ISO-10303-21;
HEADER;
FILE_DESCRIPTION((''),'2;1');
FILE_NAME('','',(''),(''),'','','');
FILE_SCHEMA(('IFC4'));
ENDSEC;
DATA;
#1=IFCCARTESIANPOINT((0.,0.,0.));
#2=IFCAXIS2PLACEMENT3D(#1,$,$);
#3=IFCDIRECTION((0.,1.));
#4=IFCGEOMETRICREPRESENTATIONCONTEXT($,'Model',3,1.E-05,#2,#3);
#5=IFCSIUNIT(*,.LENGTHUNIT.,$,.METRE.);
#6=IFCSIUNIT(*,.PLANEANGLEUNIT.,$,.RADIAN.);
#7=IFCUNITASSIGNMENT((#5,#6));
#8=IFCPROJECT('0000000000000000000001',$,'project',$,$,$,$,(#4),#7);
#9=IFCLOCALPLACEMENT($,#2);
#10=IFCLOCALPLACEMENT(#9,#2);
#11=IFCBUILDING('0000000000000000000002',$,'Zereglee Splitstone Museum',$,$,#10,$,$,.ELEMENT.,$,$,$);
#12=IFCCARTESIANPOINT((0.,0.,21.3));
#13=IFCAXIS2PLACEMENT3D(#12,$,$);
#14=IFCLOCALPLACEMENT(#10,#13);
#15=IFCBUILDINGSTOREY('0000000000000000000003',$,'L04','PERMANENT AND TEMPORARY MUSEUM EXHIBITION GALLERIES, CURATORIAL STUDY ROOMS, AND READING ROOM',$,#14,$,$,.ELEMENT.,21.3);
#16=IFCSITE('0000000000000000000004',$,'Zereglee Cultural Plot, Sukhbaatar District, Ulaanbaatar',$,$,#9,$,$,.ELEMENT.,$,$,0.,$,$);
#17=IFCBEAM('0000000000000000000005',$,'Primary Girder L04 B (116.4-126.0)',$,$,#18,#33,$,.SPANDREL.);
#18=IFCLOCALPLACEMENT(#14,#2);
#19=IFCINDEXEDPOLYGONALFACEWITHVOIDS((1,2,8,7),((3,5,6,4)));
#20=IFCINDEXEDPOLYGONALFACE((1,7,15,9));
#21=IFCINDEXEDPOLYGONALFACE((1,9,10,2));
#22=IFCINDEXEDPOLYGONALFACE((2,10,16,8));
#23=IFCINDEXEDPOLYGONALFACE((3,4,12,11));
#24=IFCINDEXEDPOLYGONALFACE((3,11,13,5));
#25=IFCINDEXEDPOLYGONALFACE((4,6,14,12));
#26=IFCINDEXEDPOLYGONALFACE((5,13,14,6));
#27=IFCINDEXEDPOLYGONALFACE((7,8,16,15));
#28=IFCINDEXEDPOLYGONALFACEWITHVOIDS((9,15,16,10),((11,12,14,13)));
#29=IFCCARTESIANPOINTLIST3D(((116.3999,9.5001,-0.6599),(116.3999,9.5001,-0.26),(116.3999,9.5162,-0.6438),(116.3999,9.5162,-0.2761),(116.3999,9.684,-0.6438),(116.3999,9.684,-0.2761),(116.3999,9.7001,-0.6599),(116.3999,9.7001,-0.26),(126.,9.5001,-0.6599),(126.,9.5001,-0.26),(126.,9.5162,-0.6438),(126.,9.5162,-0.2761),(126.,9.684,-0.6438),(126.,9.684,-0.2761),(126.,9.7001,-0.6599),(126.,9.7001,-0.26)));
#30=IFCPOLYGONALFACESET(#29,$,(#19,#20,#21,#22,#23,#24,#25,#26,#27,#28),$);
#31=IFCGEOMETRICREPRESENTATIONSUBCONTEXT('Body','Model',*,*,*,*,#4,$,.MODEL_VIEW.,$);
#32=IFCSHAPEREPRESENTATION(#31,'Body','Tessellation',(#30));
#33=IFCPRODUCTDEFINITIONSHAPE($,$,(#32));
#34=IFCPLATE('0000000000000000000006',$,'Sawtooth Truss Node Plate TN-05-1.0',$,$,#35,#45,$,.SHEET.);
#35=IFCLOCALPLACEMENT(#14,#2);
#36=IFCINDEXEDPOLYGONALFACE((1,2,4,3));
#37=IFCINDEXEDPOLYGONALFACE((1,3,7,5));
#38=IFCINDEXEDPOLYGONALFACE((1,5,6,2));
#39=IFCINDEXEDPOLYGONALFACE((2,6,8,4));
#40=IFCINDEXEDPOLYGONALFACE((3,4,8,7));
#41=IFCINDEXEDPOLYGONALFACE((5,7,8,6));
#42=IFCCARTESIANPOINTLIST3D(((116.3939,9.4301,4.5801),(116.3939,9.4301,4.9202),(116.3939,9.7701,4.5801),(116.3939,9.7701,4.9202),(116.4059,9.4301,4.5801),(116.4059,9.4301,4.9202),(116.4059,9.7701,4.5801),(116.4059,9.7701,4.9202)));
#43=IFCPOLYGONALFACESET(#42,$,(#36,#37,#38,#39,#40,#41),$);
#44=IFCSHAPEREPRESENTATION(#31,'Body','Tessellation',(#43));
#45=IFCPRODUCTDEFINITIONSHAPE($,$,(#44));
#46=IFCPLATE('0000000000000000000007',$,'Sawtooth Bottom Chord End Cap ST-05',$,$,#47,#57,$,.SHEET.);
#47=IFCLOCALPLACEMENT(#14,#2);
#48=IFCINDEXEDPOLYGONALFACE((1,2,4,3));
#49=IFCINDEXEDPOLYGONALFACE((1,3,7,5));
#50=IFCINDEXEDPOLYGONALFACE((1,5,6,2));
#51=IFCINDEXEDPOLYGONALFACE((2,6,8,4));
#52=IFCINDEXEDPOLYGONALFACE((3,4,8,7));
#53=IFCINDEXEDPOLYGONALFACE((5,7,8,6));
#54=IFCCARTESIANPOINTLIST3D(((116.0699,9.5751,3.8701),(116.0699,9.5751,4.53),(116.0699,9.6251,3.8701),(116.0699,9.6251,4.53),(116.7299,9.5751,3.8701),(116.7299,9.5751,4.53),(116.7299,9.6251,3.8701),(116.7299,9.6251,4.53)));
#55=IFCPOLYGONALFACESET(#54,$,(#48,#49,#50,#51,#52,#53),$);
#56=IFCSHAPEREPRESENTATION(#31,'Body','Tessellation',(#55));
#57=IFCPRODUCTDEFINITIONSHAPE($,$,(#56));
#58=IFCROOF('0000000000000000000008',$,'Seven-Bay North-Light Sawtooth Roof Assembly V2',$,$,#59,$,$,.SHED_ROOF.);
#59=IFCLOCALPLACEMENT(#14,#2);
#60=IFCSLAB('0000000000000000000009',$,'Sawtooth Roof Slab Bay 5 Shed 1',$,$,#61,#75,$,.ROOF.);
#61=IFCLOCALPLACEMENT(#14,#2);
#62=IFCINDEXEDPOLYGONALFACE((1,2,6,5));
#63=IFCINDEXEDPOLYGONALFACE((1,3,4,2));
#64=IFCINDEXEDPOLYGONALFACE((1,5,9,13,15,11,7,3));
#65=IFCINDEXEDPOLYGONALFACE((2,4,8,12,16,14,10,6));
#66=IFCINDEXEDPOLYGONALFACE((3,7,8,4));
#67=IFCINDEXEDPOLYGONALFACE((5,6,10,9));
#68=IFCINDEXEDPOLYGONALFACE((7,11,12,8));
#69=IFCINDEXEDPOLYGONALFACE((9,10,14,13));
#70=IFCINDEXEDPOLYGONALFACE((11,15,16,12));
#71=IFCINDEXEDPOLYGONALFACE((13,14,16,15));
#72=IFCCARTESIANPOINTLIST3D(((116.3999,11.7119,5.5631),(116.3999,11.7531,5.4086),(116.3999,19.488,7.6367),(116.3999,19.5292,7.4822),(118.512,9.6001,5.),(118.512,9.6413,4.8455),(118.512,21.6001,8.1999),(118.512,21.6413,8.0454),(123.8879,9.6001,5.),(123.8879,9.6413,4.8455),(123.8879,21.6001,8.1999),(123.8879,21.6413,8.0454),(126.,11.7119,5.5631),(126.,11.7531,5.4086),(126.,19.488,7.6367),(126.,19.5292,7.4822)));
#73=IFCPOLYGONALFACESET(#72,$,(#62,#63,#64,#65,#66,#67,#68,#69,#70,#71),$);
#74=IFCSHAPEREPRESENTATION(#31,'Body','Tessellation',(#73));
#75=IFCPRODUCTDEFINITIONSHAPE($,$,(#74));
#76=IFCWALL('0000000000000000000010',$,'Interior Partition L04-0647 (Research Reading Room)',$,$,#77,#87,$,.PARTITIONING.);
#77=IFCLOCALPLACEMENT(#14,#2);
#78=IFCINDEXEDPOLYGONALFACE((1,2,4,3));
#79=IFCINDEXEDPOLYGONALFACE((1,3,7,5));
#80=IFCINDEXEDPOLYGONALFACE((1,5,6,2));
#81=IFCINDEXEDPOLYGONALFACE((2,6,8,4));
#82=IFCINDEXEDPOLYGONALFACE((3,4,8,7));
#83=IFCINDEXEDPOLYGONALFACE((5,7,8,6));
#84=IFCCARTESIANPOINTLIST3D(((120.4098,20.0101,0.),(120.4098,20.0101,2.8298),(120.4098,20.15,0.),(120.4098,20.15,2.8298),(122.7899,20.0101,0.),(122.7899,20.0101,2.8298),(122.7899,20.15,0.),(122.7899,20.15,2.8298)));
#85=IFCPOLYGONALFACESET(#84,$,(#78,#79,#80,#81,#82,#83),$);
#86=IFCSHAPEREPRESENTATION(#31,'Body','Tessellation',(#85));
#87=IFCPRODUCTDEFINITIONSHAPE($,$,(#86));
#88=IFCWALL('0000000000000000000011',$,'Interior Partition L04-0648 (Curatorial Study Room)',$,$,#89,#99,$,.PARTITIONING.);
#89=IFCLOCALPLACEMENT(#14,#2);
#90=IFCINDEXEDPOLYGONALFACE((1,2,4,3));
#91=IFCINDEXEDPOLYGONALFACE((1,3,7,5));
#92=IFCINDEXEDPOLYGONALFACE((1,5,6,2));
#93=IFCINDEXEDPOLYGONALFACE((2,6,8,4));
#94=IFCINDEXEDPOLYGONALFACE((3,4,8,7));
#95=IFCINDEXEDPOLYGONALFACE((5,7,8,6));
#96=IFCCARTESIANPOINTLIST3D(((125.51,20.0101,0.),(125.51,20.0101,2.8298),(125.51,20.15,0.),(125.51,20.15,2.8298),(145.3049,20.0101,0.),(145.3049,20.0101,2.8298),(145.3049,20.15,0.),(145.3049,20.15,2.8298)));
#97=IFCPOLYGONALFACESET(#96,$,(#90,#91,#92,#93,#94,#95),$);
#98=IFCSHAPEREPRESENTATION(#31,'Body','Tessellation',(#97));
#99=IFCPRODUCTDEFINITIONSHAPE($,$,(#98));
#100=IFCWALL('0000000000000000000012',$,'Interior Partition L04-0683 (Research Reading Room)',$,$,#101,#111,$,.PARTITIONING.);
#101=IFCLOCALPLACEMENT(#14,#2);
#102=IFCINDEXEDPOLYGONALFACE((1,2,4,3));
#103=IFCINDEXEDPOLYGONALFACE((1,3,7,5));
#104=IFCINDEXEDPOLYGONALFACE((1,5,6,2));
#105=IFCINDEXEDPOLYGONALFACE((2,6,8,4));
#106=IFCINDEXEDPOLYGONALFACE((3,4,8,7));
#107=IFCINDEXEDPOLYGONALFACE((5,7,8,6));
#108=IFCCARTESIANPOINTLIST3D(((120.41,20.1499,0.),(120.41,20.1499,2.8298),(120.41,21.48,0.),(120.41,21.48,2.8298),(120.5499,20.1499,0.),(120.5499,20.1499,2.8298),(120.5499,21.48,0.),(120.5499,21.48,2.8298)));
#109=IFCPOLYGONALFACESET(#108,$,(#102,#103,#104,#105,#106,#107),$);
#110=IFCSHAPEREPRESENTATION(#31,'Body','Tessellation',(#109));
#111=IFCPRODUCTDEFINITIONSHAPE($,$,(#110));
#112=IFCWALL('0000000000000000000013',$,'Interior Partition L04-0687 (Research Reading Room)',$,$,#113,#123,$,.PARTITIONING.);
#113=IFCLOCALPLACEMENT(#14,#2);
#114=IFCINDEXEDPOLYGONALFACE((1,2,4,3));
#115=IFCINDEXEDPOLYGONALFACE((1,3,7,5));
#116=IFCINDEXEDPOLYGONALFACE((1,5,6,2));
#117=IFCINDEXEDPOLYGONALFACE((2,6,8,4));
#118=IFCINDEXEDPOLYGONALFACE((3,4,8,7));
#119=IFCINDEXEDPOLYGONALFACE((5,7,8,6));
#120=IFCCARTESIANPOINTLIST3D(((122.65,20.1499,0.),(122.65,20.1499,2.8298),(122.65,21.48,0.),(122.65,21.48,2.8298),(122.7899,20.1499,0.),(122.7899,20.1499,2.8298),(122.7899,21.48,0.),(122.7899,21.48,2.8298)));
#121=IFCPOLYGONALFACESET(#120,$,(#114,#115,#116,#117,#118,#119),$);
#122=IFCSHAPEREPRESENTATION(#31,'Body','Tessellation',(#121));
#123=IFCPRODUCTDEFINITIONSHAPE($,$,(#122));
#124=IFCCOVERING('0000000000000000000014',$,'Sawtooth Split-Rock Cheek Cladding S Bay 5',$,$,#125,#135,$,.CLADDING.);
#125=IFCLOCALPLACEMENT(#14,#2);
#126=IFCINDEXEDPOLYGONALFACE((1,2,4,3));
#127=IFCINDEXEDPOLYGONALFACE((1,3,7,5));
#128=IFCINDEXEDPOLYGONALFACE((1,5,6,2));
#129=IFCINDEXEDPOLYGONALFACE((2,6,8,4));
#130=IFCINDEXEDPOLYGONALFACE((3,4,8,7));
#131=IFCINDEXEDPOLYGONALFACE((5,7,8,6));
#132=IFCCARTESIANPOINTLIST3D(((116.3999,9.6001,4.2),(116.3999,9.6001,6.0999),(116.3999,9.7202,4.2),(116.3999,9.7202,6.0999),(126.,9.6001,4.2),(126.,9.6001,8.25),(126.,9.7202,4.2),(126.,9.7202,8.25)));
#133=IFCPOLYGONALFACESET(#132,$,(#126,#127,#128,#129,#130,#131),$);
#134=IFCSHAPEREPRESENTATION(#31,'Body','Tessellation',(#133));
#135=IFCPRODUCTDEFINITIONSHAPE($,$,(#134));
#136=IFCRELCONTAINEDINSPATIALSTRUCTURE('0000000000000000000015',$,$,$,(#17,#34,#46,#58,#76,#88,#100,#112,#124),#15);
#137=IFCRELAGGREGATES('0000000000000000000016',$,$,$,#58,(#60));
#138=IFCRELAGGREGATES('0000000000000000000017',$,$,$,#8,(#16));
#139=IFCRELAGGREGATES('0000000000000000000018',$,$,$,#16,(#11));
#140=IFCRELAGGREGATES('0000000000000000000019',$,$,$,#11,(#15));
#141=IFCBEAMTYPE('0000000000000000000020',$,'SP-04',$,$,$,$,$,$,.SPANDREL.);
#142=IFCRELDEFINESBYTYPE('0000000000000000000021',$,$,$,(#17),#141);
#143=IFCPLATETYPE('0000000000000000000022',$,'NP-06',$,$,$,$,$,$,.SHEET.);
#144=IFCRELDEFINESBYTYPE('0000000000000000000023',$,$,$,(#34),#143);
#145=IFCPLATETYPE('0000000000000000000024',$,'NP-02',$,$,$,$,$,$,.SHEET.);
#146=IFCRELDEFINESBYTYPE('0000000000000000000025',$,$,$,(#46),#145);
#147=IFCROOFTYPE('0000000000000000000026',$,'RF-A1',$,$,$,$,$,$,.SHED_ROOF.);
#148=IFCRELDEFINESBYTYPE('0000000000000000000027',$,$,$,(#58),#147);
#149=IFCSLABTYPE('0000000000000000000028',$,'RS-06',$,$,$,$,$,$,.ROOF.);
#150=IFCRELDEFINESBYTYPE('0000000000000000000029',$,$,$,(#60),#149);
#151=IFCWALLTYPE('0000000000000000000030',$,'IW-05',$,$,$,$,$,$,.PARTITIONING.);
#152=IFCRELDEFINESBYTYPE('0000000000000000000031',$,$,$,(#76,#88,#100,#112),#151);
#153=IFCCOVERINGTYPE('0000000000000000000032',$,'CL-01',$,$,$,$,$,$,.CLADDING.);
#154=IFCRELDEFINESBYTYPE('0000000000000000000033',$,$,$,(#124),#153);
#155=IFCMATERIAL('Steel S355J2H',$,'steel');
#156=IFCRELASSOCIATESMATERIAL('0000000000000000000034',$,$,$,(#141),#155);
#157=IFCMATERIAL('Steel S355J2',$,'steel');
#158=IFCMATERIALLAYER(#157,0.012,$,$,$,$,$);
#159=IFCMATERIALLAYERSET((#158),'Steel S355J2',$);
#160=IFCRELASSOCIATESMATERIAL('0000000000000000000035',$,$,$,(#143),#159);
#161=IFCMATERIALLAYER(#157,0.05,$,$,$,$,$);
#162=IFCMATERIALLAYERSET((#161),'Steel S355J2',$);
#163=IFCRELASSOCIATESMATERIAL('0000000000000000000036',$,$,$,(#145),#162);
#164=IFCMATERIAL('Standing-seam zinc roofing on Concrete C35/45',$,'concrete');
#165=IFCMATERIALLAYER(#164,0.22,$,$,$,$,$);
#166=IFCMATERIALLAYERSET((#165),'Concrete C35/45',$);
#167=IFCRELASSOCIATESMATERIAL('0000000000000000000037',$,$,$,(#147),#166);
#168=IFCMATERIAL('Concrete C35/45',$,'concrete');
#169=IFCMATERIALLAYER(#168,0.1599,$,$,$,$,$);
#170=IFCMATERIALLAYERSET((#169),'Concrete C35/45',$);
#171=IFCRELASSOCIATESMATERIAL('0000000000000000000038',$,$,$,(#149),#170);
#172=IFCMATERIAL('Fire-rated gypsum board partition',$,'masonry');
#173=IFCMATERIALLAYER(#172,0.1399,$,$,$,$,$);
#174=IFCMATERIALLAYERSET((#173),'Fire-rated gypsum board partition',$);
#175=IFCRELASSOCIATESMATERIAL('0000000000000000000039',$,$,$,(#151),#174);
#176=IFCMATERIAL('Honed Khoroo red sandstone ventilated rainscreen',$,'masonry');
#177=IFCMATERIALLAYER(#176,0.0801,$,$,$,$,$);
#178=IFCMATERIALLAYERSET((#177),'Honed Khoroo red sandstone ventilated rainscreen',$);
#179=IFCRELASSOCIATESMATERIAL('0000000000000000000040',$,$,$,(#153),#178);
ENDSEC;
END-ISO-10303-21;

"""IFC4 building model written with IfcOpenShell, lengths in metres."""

from ifc_helpers import new_model, si_unit, direction, frame, frame_2d, origin, origin_2d, place, context, subcontext, project, spatial, polyline, rectangle, hollow_rectangle, outline, extrude, material, layer, layer_set, material_profile, profile_set, type_object, element, aggregate, save


model = new_model("IFC4")

# Units and contexts
model_context = context("Model", 3, precision=1e-05, world=origin(), true_north=direction((0.0, 1.0)))
body_context = subcontext(model_context, "Body", "Model", "MODEL_VIEW")
ifc_project = project(units=[si_unit("LENGTHUNIT", "METRE"), si_unit("PLANEANGLEUNIT", "RADIAN")], contexts=[model_context])

# Site, building, storey
site_placement = place(None, origin())
site = spatial("IfcSite", under=ifc_project, at=site_placement, Name="Zereglee Cultural Plot, Sukhbaatar District, Ulaanbaatar", CompositionType="ELEMENT", RefElevation=0.0)
building_placement = place(site_placement, origin())
building = spatial("IfcBuilding", under=site, at=building_placement, Name="Zereglee Splitstone Museum", CompositionType="ELEMENT")
storey_placement = place(building_placement, frame((0.0, 0.0, 21.3)))
storey = spatial("IfcBuildingStorey", under=building, at=storey_placement, Name="L04", Description="PERMANENT AND TEMPORARY MUSEUM EXHIBITION GALLERIES, CURATORIAL STUDY ROOMS, AND READING ROOM", CompositionType="ELEMENT", Elevation=21.3)

# Shared definitions
ifc_material_1 = material(Name="Steel S355J2", Category="steel")

# Shared definitions
ifc_material_2 = material(Name="Steel S355J2H", Category="steel")

# Beam
ifc_material_profile_1 = material_profile(ifc_material_2, hollow_rectangle(XDim=0.2, YDim=0.3999, WallThickness=0.0161, at=origin_2d()), Name="RHS 400x200x16")
ifc_profile_set_1 = profile_set([ifc_material_profile_1], Name="Steel S355J2H")
beam_type_1 = type_object("IfcBeamType", Name="SP-04", PredefinedType="SPANDREL", material=ifc_profile_set_1)
beam_1_placement = place(storey_placement, frame((116.3999, 9.6001, -0.46), z_axis=(1.0, 0.0, 0.0), x_axis=(0.0, 1.0, 0.0)))
element("IfcBeam", 1, at=beam_1_placement, inside=storey, type_object=beam_type_1, Name="Primary Girder L04 B (116.4-126.0)", PredefinedType="SPANDREL", context=body_context, shape_type="SweptSolid", body=[
    extrude(hollow_rectangle(XDim=0.2, YDim=0.3999, WallThickness=0.0161, at=origin_2d()), origin(), (0.0, 0.0, 1.0), 9.6001),
])

# Plates
ifc_layer_1 = layer(ifc_material_1, 0.012)
ifc_layer_set_1 = layer_set([ifc_layer_1], Name="Steel S355J2")
plate_type_1 = type_object("IfcPlateType", Name="NP-06", PredefinedType="SHEET", material=ifc_layer_set_1)
plate_1_placement = place(storey_placement, frame((116.3999, 9.6001, 4.5801), z_axis=(0.0, 0.0, 1.0), x_axis=(1.0, 0.0, 0.0)))
element("IfcPlate", 2, at=plate_1_placement, inside=storey, type_object=plate_type_1, Name="Sawtooth Truss Node Plate TN-05-1.0", PredefinedType="SHEET", context=body_context, shape_type="SweptSolid", body=[
    extrude(rectangle(XDim=0.012, YDim=0.3401, at=origin_2d()), origin(), (0.0, 0.0, 1.0), 0.3401),
])
ifc_layer_2 = layer(ifc_material_1, 0.05)
ifc_layer_set_2 = layer_set([ifc_layer_2], Name="Steel S355J2")
plate_type_2 = type_object("IfcPlateType", Name="NP-02", PredefinedType="SHEET", material=ifc_layer_set_2)
plate_2_placement = place(storey_placement, frame((116.3999, 9.6001, 3.8701), z_axis=(0.0, 0.0, 1.0), x_axis=(1.0, 0.0, 0.0)))
element("IfcPlate", 3, at=plate_2_placement, inside=storey, type_object=plate_type_2, Name="Sawtooth Bottom Chord End Cap ST-05", PredefinedType="SHEET", context=body_context, shape_type="SweptSolid", body=[
    extrude(rectangle(XDim=0.6599, YDim=0.05, at=origin_2d()), origin(), (0.0, 0.0, 1.0), 0.6599),
])

# Roof, slab
ifc_material_3 = material(Name="Standing-seam zinc roofing on Concrete C35/45", Category="concrete")
ifc_layer_3 = layer(ifc_material_3, 0.22)
ifc_layer_set_3 = layer_set([ifc_layer_3], Name="Concrete C35/45")
roof_type = type_object("IfcRoofType", Name="RF-A1", PredefinedType="SHED_ROOF", material=ifc_layer_set_3)
roof_placement = place(storey_placement, origin())
roof = element("IfcRoof", 4, at=roof_placement, inside=storey, type_object=roof_type, Name="Seven-Bay North-Light Sawtooth Roof Assembly V2", PredefinedType="SHED_ROOF")
ifc_material_4 = material(Name="Concrete C35/45", Category="concrete")
ifc_layer_4 = layer(ifc_material_4, 0.1599)
ifc_layer_set_4 = layer_set([ifc_layer_4], Name="Concrete C35/45")
slab_type = type_object("IfcSlabType", Name="RS-06", PredefinedType="ROOF", material=ifc_layer_set_4)
slab_placement = place(storey_placement, frame((118.512, 9.6001, 5.0), z_axis=(0.0, -0.257657, 0.966236), x_axis=(1.0, 0.0, 0.0)))
slab = element("IfcSlab", 5, at=slab_placement, type_object=slab_type, Name="Sawtooth Roof Slab Bay 5 Shed 1", PredefinedType="ROOF", context=body_context, shape_type="SweptSolid", body=[
    extrude(outline(polyline([(0.0, 0.0), (5.376, 0.0), (7.488, 2.1856), (7.488, 10.2335), (5.376, 12.4193), (0.0, 12.4193), (-2.1121, 10.2335), (-2.1121, 2.1856), (0.0, 0.0)])), origin(), (0.0, 0.0, -1.0), 0.1599),
])
aggregate(roof, [slab])

# Walls
ifc_material_5 = material(Name="Fire-rated gypsum board partition", Category="masonry")
ifc_layer_5 = layer(ifc_material_5, 0.1399)
ifc_layer_set_5 = layer_set([ifc_layer_5], Name="Fire-rated gypsum board partition")
wall_type = type_object("IfcWallType", Name="IW-05", PredefinedType="PARTITIONING", material=ifc_layer_set_5)
wall_1_placement = place(storey_placement, frame((120.4099, 20.0801, 0.0), z_axis=(0.0, 0.0, 1.0), x_axis=(1.0, 0.0, 0.0)))
element("IfcWall", 6, at=wall_1_placement, inside=storey, type_object=wall_type, Name="Interior Partition L04-0647 (Research Reading Room)", PredefinedType="PARTITIONING", context=body_context, shape_type="SweptSolid", body=[
    extrude(rectangle(XDim=2.3801, YDim=0.1399, at=frame_2d((1.1899, 0.0))), origin(), (0.0, 0.0, 1.0), 2.8298),
])
wall_2_placement = place(storey_placement, frame((125.51, 20.0801, 0.0), z_axis=(0.0, 0.0, 1.0), x_axis=(1.0, 0.0, 0.0)))
element("IfcWall", 7, at=wall_2_placement, inside=storey, type_object=wall_type, Name="Interior Partition L04-0648 (Curatorial Study Room)", PredefinedType="PARTITIONING", context=body_context, shape_type="SweptSolid", body=[
    extrude(rectangle(XDim=19.7949, YDim=0.1399, at=frame_2d((9.8975, 0.0))), origin(), (0.0, 0.0, 1.0), 2.8298),
])
for number, where, z_axis, x_axis, name in (
    (8, (120.48, 20.1499, 0.0), (0.0, 0.0, 1.0), (0.0, 1.0, 0.0), "Interior Partition L04-0683 (Research Reading Room)"),
    (9, (122.72, 20.1499, 0.0), (0.0, 0.0, 1.0), (0.0, 1.0, 0.0), "Interior Partition L04-0687 (Research Reading Room)"),
):
    element("IfcWall", number, at=place(storey_placement, frame(where, z_axis=z_axis, x_axis=x_axis)), inside=storey, type_object=wall_type, Name=name, PredefinedType="PARTITIONING", context=body_context, shape_type="SweptSolid", body=[
        extrude(rectangle(XDim=1.3301, YDim=0.1399, at=frame_2d((0.665, 0.0))), origin(), (0.0, 0.0, 1.0), 2.8298),
    ])

# Covering
ifc_material_6 = material(Name="Honed Khoroo red sandstone ventilated rainscreen", Category="masonry")
ifc_layer_6 = layer(ifc_material_6, 0.0801)
ifc_layer_set_6 = layer_set([ifc_layer_6], Name="Honed Khoroo red sandstone ventilated rainscreen")
covering_type = type_object("IfcCoveringType", Name="CL-01", PredefinedType="CLADDING", material=ifc_layer_set_6)
covering_placement = place(storey_placement, frame((116.3999, 9.6001, 4.2), z_axis=(0.0, -1.0, 0.0), x_axis=(1.0, 0.0, 0.0)))
element("IfcCovering", 10, at=covering_placement, inside=storey, type_object=covering_type, Name="Sawtooth Split-Rock Cheek Cladding S Bay 5", PredefinedType="CLADDING", context=body_context, shape_type="SweptSolid", body=[
    extrude(outline(polyline([(0.0, 0.0), (9.6001, 0.0), (9.6001, 4.05), (0.0, 1.8999), (0.0, 0.0)])), origin(), (0.0, 0.0, -1.0), 0.1201),
])

save(model, "model.ifc")
